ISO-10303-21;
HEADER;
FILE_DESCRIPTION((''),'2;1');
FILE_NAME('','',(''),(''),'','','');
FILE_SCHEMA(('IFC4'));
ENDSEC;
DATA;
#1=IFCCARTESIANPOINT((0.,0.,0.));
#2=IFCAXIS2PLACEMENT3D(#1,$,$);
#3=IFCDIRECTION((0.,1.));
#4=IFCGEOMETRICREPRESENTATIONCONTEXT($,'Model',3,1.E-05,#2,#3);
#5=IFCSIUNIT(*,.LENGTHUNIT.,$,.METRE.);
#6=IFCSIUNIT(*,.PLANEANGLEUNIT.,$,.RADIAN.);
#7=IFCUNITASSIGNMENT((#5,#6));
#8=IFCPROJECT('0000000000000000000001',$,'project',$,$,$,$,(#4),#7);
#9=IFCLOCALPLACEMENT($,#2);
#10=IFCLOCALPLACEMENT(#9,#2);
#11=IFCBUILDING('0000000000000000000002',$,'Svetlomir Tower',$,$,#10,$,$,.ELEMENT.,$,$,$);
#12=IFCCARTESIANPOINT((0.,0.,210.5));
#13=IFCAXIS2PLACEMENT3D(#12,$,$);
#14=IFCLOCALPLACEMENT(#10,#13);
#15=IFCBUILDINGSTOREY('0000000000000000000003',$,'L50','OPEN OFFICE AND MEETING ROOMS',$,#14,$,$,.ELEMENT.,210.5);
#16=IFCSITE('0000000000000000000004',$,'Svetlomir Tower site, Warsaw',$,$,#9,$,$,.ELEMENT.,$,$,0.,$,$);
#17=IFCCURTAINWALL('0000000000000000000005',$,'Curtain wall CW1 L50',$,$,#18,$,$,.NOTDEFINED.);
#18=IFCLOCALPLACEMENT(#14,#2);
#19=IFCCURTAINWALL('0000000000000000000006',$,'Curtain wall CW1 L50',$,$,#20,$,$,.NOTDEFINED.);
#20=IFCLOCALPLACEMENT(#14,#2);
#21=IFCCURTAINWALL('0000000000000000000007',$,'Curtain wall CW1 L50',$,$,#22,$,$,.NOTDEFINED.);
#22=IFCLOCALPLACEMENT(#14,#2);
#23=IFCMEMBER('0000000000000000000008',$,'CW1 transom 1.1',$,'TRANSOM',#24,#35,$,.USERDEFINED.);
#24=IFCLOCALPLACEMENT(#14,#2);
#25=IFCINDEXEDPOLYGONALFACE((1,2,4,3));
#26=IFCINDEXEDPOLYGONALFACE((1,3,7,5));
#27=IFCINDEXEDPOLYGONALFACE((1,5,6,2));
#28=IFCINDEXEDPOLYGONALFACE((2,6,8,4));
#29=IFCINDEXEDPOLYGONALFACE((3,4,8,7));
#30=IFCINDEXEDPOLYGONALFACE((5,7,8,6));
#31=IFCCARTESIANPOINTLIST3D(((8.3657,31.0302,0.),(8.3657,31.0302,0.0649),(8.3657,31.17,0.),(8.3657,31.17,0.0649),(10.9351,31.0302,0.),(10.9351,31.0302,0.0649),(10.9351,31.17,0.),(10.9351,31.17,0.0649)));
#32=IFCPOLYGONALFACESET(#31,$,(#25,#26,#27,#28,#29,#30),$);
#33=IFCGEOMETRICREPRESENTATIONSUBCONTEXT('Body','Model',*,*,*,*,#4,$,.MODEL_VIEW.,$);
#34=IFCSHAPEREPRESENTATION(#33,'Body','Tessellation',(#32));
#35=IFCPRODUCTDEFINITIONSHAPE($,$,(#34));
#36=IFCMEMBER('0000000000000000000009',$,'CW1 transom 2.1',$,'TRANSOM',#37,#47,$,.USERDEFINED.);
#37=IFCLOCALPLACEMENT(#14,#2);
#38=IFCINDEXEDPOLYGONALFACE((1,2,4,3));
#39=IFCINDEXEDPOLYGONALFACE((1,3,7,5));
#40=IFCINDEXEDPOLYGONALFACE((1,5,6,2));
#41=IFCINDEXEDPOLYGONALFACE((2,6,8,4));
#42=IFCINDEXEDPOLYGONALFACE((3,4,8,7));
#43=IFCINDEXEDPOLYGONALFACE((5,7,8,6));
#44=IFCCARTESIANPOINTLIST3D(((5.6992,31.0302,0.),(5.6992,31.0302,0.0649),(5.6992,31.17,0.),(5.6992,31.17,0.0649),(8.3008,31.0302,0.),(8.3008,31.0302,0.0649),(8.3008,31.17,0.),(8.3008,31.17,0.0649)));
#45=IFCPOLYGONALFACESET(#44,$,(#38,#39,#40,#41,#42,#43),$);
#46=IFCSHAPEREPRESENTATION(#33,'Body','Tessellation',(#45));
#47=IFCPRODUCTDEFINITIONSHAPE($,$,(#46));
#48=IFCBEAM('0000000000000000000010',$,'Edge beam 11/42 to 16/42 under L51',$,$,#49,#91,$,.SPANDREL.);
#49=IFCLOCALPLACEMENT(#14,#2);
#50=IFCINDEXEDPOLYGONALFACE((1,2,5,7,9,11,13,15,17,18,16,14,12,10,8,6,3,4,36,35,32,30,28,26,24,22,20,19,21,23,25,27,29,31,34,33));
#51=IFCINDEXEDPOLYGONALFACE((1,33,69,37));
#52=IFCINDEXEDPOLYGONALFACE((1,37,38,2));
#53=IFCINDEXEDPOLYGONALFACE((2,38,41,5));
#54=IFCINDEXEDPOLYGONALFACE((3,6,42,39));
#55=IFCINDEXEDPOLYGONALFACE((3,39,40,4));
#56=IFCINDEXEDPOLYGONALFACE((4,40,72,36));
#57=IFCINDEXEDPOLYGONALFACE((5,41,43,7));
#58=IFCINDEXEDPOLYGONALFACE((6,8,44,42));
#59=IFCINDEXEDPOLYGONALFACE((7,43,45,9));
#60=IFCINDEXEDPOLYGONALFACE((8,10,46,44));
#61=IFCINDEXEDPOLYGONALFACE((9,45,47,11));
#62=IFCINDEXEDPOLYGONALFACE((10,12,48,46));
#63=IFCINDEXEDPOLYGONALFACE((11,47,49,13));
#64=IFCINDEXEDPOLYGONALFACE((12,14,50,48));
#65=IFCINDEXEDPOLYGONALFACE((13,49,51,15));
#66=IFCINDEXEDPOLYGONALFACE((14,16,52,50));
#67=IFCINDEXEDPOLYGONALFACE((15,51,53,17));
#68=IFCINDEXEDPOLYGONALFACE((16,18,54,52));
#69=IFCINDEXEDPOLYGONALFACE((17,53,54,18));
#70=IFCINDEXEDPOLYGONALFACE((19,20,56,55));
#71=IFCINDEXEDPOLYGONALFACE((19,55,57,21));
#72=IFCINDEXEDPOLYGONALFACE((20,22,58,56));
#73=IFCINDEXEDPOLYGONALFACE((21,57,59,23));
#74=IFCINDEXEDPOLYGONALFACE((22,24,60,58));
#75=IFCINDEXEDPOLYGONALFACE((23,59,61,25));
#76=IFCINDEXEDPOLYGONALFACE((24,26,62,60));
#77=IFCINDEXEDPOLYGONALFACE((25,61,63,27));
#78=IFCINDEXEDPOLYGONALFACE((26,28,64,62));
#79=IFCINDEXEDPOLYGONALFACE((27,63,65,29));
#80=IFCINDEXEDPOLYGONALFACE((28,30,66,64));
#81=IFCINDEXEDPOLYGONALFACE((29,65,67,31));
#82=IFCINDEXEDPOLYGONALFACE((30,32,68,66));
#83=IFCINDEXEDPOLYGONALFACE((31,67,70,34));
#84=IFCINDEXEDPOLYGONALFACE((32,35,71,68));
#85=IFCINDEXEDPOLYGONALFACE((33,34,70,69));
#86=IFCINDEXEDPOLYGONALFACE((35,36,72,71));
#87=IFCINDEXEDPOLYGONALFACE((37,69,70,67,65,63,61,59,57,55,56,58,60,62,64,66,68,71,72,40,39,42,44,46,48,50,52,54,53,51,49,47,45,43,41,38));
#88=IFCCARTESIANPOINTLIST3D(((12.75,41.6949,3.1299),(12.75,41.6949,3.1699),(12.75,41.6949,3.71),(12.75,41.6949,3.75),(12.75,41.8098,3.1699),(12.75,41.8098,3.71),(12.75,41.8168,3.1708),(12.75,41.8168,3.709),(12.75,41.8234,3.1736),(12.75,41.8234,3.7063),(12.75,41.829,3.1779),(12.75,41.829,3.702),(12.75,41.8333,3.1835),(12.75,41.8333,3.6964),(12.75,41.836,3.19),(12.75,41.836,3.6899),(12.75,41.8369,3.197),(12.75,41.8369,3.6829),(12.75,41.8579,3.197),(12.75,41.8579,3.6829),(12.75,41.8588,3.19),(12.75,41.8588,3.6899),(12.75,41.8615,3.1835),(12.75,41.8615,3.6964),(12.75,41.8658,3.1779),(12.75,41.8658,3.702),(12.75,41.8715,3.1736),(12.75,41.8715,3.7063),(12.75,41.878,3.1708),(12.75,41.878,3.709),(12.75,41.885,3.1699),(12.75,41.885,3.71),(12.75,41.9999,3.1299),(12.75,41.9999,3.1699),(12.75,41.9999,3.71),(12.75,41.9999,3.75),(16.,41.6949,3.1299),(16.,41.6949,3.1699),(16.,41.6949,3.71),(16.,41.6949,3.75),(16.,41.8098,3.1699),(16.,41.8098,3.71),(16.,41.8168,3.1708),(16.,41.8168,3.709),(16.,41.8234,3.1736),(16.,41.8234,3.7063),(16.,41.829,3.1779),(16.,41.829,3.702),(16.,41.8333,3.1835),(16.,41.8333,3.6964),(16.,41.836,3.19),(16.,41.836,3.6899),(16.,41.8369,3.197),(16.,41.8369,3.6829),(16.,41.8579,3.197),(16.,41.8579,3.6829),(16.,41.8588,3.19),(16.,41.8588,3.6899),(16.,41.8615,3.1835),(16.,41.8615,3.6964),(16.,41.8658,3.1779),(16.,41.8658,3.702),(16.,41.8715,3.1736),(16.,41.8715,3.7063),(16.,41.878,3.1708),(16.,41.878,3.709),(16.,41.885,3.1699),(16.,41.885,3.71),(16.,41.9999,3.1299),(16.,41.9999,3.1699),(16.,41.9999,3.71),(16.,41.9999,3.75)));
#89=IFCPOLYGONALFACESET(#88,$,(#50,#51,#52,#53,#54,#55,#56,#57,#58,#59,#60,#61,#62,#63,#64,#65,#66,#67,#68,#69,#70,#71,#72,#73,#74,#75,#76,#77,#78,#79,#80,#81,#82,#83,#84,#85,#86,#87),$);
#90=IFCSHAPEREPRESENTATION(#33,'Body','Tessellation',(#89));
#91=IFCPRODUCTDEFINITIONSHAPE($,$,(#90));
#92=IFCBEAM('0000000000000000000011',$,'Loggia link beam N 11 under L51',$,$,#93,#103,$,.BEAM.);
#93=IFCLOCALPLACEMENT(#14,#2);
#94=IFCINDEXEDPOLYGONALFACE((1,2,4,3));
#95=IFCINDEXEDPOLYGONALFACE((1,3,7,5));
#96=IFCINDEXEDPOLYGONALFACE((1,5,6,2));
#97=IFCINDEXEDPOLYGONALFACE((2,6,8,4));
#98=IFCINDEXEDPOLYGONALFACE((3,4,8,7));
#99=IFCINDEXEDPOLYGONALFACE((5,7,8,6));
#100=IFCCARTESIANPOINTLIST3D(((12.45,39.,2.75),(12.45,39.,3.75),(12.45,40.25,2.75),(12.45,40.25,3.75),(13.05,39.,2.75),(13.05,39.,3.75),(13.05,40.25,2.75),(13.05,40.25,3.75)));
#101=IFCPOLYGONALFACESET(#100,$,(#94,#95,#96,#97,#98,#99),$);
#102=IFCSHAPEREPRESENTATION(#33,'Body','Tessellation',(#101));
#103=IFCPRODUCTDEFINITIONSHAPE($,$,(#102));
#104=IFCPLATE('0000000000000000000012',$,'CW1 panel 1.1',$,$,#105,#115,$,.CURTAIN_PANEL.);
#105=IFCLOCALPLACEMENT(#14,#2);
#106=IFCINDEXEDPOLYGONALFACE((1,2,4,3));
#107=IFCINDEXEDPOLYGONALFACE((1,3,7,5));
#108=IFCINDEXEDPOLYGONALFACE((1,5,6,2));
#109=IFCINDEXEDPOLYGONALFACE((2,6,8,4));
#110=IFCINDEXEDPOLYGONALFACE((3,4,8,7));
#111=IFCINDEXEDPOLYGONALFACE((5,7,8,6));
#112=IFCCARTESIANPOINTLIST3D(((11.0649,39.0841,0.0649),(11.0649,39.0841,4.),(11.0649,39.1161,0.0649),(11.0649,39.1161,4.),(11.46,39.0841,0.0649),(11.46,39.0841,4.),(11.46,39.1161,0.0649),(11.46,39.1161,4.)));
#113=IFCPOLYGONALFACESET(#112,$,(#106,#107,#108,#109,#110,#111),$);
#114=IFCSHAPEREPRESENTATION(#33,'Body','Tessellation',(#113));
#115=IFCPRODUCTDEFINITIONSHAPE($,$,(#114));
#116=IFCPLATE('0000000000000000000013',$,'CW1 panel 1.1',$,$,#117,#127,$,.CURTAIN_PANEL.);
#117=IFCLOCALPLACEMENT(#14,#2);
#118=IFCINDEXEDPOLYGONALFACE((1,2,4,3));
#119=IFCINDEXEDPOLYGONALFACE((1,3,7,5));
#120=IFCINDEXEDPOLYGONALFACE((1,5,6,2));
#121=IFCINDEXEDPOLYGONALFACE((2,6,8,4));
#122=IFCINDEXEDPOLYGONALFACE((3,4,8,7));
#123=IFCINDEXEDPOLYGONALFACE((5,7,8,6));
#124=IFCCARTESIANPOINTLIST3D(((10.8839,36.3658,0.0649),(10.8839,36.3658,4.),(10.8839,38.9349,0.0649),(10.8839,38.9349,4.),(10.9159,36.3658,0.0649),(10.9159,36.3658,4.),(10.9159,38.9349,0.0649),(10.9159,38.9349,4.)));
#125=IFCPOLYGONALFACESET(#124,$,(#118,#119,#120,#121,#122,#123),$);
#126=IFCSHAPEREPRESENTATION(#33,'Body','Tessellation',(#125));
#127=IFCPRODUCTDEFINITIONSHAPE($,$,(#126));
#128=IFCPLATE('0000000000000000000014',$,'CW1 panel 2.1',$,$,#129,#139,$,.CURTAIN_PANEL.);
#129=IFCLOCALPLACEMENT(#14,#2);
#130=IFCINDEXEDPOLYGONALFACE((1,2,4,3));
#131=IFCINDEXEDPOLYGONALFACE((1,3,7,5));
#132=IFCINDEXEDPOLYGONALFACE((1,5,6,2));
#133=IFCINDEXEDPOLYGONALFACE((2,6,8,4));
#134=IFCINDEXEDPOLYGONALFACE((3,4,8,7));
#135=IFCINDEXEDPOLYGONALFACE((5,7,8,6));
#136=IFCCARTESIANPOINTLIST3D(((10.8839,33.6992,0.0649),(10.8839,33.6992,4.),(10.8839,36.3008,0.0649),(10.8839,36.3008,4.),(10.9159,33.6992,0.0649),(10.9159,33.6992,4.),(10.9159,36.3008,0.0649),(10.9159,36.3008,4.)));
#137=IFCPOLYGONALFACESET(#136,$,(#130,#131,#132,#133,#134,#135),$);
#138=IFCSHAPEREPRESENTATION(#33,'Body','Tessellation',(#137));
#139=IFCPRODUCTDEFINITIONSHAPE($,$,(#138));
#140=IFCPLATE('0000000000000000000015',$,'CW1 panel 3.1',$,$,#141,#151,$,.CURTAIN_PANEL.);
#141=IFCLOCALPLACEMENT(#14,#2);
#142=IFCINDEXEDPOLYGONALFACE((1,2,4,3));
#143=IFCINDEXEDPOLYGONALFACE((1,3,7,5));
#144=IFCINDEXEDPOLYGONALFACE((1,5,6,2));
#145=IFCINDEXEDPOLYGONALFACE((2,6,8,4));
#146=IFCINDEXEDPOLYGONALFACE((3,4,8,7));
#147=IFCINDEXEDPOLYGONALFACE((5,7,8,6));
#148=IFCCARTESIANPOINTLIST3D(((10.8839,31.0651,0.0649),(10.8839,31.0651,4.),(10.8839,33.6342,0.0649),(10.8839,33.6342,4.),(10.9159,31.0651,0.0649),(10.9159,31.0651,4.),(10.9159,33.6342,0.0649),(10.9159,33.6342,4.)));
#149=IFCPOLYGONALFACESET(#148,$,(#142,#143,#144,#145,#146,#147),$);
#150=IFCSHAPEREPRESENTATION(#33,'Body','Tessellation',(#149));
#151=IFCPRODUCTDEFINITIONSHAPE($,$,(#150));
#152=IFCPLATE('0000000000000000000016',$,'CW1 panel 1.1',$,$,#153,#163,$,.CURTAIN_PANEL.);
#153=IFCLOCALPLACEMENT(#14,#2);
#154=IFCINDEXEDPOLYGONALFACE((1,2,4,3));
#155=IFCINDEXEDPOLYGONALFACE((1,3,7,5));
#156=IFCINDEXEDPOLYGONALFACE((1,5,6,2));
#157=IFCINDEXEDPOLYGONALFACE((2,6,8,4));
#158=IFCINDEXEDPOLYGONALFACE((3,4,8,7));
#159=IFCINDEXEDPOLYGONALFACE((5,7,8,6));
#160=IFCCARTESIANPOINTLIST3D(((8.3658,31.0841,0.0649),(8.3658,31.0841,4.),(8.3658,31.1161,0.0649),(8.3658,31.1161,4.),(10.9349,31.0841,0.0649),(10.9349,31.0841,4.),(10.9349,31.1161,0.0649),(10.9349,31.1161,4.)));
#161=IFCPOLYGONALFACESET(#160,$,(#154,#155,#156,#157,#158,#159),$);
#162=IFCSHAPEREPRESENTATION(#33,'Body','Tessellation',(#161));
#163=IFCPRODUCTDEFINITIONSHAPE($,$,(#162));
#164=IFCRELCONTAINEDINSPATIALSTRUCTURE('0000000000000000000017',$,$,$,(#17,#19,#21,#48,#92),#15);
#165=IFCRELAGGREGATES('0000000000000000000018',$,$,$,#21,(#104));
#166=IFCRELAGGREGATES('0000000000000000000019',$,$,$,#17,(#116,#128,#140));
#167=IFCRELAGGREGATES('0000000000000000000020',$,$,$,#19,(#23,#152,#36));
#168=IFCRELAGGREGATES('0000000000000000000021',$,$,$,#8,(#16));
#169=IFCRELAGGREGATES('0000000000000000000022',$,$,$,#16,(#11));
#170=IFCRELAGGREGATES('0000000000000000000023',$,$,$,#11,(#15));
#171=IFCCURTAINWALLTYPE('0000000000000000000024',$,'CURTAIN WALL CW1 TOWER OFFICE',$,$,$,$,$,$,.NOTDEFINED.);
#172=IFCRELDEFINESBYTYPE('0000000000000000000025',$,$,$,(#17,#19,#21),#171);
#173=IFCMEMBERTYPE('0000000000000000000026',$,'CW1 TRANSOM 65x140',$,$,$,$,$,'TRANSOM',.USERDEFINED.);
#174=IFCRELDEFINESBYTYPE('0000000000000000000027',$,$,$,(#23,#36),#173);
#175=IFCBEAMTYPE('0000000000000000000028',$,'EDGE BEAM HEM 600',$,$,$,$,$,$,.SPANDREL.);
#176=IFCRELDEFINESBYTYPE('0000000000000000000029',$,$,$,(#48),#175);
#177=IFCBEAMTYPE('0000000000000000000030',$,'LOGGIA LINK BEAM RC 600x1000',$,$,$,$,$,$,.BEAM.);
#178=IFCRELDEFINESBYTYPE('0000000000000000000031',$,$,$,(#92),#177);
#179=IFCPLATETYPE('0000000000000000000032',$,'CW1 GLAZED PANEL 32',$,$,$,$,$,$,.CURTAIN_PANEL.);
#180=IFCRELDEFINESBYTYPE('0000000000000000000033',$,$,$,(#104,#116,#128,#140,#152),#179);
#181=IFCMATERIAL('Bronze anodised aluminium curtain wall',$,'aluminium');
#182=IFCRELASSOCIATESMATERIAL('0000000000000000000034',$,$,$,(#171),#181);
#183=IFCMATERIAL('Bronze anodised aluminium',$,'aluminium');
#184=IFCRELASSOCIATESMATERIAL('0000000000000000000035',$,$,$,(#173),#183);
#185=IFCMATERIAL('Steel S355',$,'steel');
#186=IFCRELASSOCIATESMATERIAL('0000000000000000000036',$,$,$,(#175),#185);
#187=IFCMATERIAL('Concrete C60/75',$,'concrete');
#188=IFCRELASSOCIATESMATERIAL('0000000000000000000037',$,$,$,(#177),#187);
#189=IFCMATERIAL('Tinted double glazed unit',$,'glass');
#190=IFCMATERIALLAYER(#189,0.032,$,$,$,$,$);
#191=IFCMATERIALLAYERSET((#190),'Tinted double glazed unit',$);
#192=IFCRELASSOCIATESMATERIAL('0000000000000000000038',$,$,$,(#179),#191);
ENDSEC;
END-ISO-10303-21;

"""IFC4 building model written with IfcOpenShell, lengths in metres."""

from ifc_helpers import new_model, si_unit, direction, frame, origin, origin_2d, place, context, subcontext, project, spatial, rectangle, i_section, extrude, material, layer, layer_set, material_profile, profile_set, type_object, element, aggregate, save


model = new_model("IFC4")

# Units and contexts
model_context = context("Model", 3, precision=1e-05, world=origin(), true_north=direction((0.0, 1.0)))
body_context = subcontext(model_context, "Body", "Model", "MODEL_VIEW")
ifc_project = project(units=[si_unit("LENGTHUNIT", "METRE"), si_unit("PLANEANGLEUNIT", "RADIAN")], contexts=[model_context])

# Site, building, storey
site_placement = place(None, origin())
site = spatial("IfcSite", under=ifc_project, at=site_placement, Name="Svetlomir Tower site, Warsaw", CompositionType="ELEMENT", RefElevation=0.0)
building_placement = place(site_placement, origin())
building = spatial("IfcBuilding", under=site, at=building_placement, Name="Svetlomir Tower", CompositionType="ELEMENT")
storey_placement = place(building_placement, frame((0.0, 0.0, 210.5)))
storey = spatial("IfcBuildingStorey", under=building, at=storey_placement, Name="L50", Description="OPEN OFFICE AND MEETING ROOMS", CompositionType="ELEMENT", Elevation=210.5)

# Curtain walls
ifc_material_1 = material(Name="Bronze anodised aluminium curtain wall", Category="aluminium")
curtain_wall_type = type_object("IfcCurtainWallType", Name="CURTAIN WALL CW1 TOWER OFFICE", PredefinedType="NOTDEFINED", material=ifc_material_1)
curtain_wall_1_placement = place(storey_placement, origin())
curtain_wall_1 = element("IfcCurtainWall", 1, at=curtain_wall_1_placement, inside=storey, type_object=curtain_wall_type, Name="Curtain wall CW1 L50", PredefinedType="NOTDEFINED")
curtain_wall_2_placement = place(storey_placement, origin())
curtain_wall_2 = element("IfcCurtainWall", 2, at=curtain_wall_2_placement, inside=storey, type_object=curtain_wall_type, Name="Curtain wall CW1 L50", PredefinedType="NOTDEFINED")

# Curtain wall
curtain_wall_3_placement = place(storey_placement, origin())
curtain_wall_3 = element("IfcCurtainWall", 3, at=curtain_wall_3_placement, inside=storey, type_object=curtain_wall_type, Name="Curtain wall CW1 L50", PredefinedType="NOTDEFINED")

# Members
ifc_material_2 = material(Name="Bronze anodised aluminium", Category="aluminium")
ifc_material_profile_1 = material_profile(ifc_material_2, rectangle(XDim=0.1399, YDim=0.0649, at=origin_2d()), Name="AL 140x65")
ifc_profile_set_1 = profile_set([ifc_material_profile_1], Name="Bronze anodised aluminium 6063-T6")
member_type_1 = type_object("IfcMemberType", Name="CW1 TRANSOM 65x140", ElementType="TRANSOM", PredefinedType="USERDEFINED", material=ifc_profile_set_1)
member_1_placement = place(storey_placement, frame((10.9351, 31.1001, 0.0325), z_axis=(-1.0, 0.0, 0.0), x_axis=(0.0, -1.0, 0.0)))
member_1 = element("IfcMember", 4, at=member_1_placement, type_object=member_type_1, Name="CW1 transom 1.1", ObjectType="TRANSOM", PredefinedType="USERDEFINED", context=body_context, shape_type="SweptSolid", body=[
    extrude(rectangle(XDim=0.1399, YDim=0.0649, at=origin_2d()), origin(), (0.0, 0.0, 1.0), 2.5693),
])
member_2_placement = place(storey_placement, frame((8.3008, 31.1001, 0.0325), z_axis=(-1.0, 0.0, 0.0), x_axis=(0.0, -1.0, 0.0)))
member_2 = element("IfcMember", 5, at=member_2_placement, type_object=member_type_1, Name="CW1 transom 2.1", ObjectType="TRANSOM", PredefinedType="USERDEFINED", context=body_context, shape_type="SweptSolid", body=[
    extrude(rectangle(XDim=0.1399, YDim=0.0649, at=origin_2d()), origin(), (0.0, 0.0, 1.0), 2.6016),
])

# Beams
ifc_material_3 = material(Name="Steel S355", Category="steel")
ifc_material_profile_2 = material_profile(ifc_material_3, i_section(OverallWidth=0.3049, OverallDepth=0.6201, WebThickness=0.021, FlangeThickness=0.04, FilletRadius=0.0271, at=origin_2d()), Name="HEM 600")
ifc_profile_set_2 = profile_set([ifc_material_profile_2], Name="Steel S355")
beam_type_1 = type_object("IfcBeamType", Name="EDGE BEAM HEM 600", PredefinedType="SPANDREL", material=ifc_profile_set_2)
beam_1_placement = place(storey_placement, frame((12.75, 41.8474, 3.4399), z_axis=(1.0, 0.0, 0.0), x_axis=(0.0, 1.0, 0.0)))
element("IfcBeam", 6, at=beam_1_placement, inside=storey, type_object=beam_type_1, Name="Edge beam 11/42 to 16/42 under L51", PredefinedType="SPANDREL", context=body_context, shape_type="SweptSolid", body=[
    extrude(i_section(OverallWidth=0.3049, OverallDepth=0.6201, WebThickness=0.021, FlangeThickness=0.04, FilletRadius=0.0271, at=origin_2d()), origin(), (0.0, 0.0, 1.0), 3.25),
])
ifc_material_4 = material(Name="Concrete C60/75", Category="concrete")
ifc_material_profile_3 = material_profile(ifc_material_4, rectangle(XDim=0.6001, YDim=1.0, at=origin_2d()), Name="RC 600x1000")
ifc_profile_set_3 = profile_set([ifc_material_profile_3], Name="Concrete C60/75")
beam_type_2 = type_object("IfcBeamType", Name="LOGGIA LINK BEAM RC 600x1000", PredefinedType="BEAM", material=ifc_profile_set_3)
beam_2_placement = place(storey_placement, frame((12.75, 40.25, 3.25), z_axis=(0.0, -1.0, 0.0), x_axis=(1.0, 0.0, 0.0)))
element("IfcBeam", 7, at=beam_2_placement, inside=storey, type_object=beam_type_2, Name="Loggia link beam N 11 under L51", PredefinedType="BEAM", context=body_context, shape_type="SweptSolid", body=[
    extrude(rectangle(XDim=0.6001, YDim=1.0, at=origin_2d()), origin(), (0.0, 0.0, 1.0), 1.25),
])

# Plates
ifc_material_5 = material(Name="Tinted double glazed unit", Category="glass")
ifc_layer_1 = layer(ifc_material_5, 0.032)
ifc_layer_set_1 = layer_set([ifc_layer_1], Name="Tinted double glazed unit")
plate_type = type_object("IfcPlateType", Name="CW1 GLAZED PANEL 32", PredefinedType="CURTAIN_PANEL", material=ifc_layer_set_1)
plate_1_placement = place(storey_placement, frame((11.2625, 39.1001, 0.0649), z_axis=(0.0, 0.0, 1.0), x_axis=(-1.0, 0.0, 0.0)))
plate_1 = element("IfcPlate", 8, at=plate_1_placement, type_object=plate_type, Name="CW1 panel 1.1", PredefinedType="CURTAIN_PANEL", context=body_context, shape_type="SweptSolid", body=[
    extrude(rectangle(XDim=0.395, YDim=0.032, at=origin_2d()), origin(), (0.0, 0.0, 1.0), 3.9351),
])
aggregate(curtain_wall_3, [plate_1])
plate_2_placement = place(storey_placement, frame((10.8999, 37.6504, 0.0649), z_axis=(0.0, 0.0, 1.0), x_axis=(0.0, -1.0, 0.0)))
plate_2 = element("IfcPlate", 9, at=plate_2_placement, type_object=plate_type, Name="CW1 panel 1.1", PredefinedType="CURTAIN_PANEL", context=body_context, shape_type="SweptSolid", body=[
    extrude(rectangle(XDim=2.5691, YDim=0.032, at=origin_2d()), origin(), (0.0, 0.0, 1.0), 3.9351),
])
plate_3_placement = place(storey_placement, frame((10.8999, 35.0, 0.0649), z_axis=(0.0, 0.0, 1.0), x_axis=(0.0, -1.0, 0.0)))
plate_3 = element("IfcPlate", 10, at=plate_3_placement, type_object=plate_type, Name="CW1 panel 2.1", PredefinedType="CURTAIN_PANEL", context=body_context, shape_type="SweptSolid", body=[
    extrude(rectangle(XDim=2.6016, YDim=0.032, at=origin_2d()), origin(), (0.0, 0.0, 1.0), 3.9351),
])
plate_4_placement = place(storey_placement, frame((10.8999, 32.3496, 0.0649), z_axis=(0.0, 0.0, 1.0), x_axis=(0.0, -1.0, 0.0)))
plate_4 = element("IfcPlate", 11, at=plate_4_placement, type_object=plate_type, Name="CW1 panel 3.1", PredefinedType="CURTAIN_PANEL", context=body_context, shape_type="SweptSolid", body=[
    extrude(rectangle(XDim=2.5691, YDim=0.032, at=origin_2d()), origin(), (0.0, 0.0, 1.0), 3.9351),
])
aggregate(curtain_wall_1, [plate_2, plate_3, plate_4])
plate_5_placement = place(storey_placement, frame((9.6504, 31.1001, 0.0649), z_axis=(0.0, 0.0, 1.0), x_axis=(-1.0, 0.0, 0.0)))
plate_5 = element("IfcPlate", 12, at=plate_5_placement, type_object=plate_type, Name="CW1 panel 1.1", PredefinedType="CURTAIN_PANEL", context=body_context, shape_type="SweptSolid", body=[
    extrude(rectangle(XDim=2.5691, YDim=0.032, at=origin_2d()), origin(), (0.0, 0.0, 1.0), 3.9351),
])
aggregate(curtain_wall_2, [member_1, plate_5, member_2])

save(model, "model.ifc")
